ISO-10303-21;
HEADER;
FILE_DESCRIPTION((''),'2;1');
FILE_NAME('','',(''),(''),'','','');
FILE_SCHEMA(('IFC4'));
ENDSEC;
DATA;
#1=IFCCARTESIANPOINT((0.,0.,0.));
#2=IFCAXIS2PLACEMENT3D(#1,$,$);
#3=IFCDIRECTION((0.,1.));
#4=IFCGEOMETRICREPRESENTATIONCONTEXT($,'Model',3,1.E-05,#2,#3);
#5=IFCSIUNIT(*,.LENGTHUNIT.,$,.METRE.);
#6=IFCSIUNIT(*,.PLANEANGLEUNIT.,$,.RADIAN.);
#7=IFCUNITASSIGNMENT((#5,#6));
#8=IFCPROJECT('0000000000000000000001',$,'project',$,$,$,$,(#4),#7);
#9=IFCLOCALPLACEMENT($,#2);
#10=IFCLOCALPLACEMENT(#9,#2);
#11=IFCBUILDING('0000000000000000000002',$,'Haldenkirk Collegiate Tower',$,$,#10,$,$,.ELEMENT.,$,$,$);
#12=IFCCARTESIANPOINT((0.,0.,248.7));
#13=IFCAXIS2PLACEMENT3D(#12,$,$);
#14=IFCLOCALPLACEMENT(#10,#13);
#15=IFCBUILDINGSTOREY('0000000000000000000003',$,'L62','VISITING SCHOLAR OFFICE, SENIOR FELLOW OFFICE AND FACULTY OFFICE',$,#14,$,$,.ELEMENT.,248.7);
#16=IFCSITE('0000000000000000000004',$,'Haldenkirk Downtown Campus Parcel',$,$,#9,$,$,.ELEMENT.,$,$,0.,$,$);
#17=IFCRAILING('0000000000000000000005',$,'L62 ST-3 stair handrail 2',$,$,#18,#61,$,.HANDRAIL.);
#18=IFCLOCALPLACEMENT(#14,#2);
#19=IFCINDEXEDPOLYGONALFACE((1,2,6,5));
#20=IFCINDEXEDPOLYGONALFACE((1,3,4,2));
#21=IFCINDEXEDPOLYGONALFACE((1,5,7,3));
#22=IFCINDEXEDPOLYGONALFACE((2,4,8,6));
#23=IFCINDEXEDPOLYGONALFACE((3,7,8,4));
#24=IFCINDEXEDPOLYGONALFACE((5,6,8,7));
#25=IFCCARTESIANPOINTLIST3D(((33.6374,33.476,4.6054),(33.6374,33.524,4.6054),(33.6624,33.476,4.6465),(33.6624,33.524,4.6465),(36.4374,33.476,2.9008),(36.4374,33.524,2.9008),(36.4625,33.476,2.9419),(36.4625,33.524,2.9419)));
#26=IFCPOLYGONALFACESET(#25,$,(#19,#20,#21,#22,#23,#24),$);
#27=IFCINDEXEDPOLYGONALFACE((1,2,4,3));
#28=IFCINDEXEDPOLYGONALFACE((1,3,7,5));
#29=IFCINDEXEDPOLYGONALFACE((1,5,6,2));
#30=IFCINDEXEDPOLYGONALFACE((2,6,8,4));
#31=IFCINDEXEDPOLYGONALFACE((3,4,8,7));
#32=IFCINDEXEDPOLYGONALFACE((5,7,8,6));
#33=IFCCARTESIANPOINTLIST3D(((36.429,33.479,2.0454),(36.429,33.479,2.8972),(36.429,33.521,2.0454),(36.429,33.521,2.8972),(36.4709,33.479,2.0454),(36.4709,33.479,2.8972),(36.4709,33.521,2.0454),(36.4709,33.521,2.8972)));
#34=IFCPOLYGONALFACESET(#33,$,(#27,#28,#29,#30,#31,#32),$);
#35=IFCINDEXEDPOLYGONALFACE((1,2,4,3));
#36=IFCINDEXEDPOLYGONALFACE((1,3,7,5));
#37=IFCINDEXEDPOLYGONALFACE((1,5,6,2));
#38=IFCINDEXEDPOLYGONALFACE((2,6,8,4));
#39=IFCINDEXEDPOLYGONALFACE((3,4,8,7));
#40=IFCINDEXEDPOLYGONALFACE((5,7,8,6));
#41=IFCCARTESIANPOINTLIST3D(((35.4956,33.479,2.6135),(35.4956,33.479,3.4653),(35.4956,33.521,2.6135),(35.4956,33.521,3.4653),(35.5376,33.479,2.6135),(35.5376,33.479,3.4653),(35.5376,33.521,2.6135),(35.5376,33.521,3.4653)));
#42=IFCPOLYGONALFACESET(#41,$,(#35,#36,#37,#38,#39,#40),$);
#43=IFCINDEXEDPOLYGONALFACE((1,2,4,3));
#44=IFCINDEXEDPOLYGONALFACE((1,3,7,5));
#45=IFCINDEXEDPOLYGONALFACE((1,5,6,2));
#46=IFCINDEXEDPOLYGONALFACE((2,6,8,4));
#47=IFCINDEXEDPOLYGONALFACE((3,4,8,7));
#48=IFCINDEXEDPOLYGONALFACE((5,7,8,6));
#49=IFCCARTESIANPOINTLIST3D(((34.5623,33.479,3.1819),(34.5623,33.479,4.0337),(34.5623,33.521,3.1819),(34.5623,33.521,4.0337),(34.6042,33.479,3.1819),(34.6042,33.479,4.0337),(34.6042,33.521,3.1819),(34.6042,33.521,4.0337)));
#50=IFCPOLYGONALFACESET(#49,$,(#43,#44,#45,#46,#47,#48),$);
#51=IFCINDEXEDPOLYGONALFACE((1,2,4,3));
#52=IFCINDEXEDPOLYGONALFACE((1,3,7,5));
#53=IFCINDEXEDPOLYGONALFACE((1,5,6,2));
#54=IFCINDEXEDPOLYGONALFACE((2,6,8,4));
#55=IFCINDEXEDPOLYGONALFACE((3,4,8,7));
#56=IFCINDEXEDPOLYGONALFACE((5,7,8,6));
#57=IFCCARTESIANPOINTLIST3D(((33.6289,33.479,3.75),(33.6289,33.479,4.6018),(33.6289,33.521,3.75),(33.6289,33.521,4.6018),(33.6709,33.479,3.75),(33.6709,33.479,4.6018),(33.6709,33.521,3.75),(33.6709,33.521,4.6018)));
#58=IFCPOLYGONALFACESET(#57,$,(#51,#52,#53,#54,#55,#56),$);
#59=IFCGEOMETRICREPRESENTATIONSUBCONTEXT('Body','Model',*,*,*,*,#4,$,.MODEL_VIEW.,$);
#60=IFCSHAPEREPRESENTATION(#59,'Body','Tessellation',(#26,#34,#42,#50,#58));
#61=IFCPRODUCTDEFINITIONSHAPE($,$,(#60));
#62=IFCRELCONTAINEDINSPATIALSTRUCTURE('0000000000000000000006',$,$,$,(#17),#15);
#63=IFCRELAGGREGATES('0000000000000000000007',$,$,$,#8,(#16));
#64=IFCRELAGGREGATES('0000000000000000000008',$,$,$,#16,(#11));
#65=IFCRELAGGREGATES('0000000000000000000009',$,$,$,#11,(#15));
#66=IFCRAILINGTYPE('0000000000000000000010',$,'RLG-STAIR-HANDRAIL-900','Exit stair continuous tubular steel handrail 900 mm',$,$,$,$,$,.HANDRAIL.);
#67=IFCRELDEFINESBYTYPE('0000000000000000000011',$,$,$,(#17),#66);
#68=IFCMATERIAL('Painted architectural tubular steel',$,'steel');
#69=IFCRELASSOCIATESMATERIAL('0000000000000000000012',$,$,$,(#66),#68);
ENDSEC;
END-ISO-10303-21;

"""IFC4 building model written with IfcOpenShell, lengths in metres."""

from ifc_helpers import new_model, si_unit, direction, frame, origin, origin_2d, place, context, subcontext, project, spatial, rectangle, extrude, material, type_object, element, save


model = new_model("IFC4")

# Units and contexts
model_context = context("Model", 3, precision=1e-05, world=origin(), true_north=direction((0.0, 1.0)))
body_context = subcontext(model_context, "Body", "Model", "MODEL_VIEW")
ifc_project = project(units=[si_unit("LENGTHUNIT", "METRE"), si_unit("PLANEANGLEUNIT", "RADIAN")], contexts=[model_context])

# Site, building, storey
site_placement = place(None, origin())
site = spatial("IfcSite", under=ifc_project, at=site_placement, Name="Haldenkirk Downtown Campus Parcel", CompositionType="ELEMENT", RefElevation=0.0)
building_placement = place(site_placement, origin())
building = spatial("IfcBuilding", under=site, at=building_placement, Name="Haldenkirk Collegiate Tower", CompositionType="ELEMENT")
storey_placement = place(building_placement, frame((0.0, 0.0, 248.7)))
storey = spatial("IfcBuildingStorey", under=building, at=storey_placement, Name="L62", Description="VISITING SCHOLAR OFFICE, SENIOR FELLOW OFFICE AND FACULTY OFFICE", CompositionType="ELEMENT", Elevation=248.7)

# Railing
ifc_material_1 = material(Name="Painted architectural tubular steel", Category="steel")
railing_type_1 = type_object("IfcRailingType", Name="RLG-STAIR-HANDRAIL-900", Description="Exit stair continuous tubular steel handrail 900 mm", PredefinedType="HANDRAIL", material=ifc_material_1)
railing_1_placement = place(storey_placement, frame((36.45, 33.5, 2.0454)))
element("IfcRailing", 1, at=railing_1_placement, inside=storey, type_object=railing_type_1, Name="L62 ST-3 stair handrail 2", PredefinedType="HANDRAIL", context=body_context, shape_type="SweptSolid", body=[
    extrude(rectangle(XDim=0.0481, YDim=0.0481, at=origin_2d()), frame((0.0, 0.0, 0.876), z_axis=(-0.85417, 0.0, 0.519994), x_axis=(0.0, -1.0, 0.0)), (0.0, 0.0, 1.0), 3.2781),
    extrude(rectangle(XDim=0.042, YDim=0.042, at=origin_2d()), origin(), (0.0, 0.0, 1.0), 0.8518),
    extrude(rectangle(XDim=0.042, YDim=0.042, at=origin_2d()), frame((-0.9333, 0.0, 0.5681)), (0.0, 0.0, 1.0), 0.8518),
    extrude(rectangle(XDim=0.042, YDim=0.042, at=origin_2d()), frame((-1.8667, 0.0, 1.1365)), (0.0, 0.0, 1.0), 0.8518),
    extrude(rectangle(XDim=0.042, YDim=0.042, at=origin_2d()), frame((-2.8, 0.0, 1.7046)), (0.0, 0.0, 1.0), 0.8518),
])

save(model, "model.ifc")
